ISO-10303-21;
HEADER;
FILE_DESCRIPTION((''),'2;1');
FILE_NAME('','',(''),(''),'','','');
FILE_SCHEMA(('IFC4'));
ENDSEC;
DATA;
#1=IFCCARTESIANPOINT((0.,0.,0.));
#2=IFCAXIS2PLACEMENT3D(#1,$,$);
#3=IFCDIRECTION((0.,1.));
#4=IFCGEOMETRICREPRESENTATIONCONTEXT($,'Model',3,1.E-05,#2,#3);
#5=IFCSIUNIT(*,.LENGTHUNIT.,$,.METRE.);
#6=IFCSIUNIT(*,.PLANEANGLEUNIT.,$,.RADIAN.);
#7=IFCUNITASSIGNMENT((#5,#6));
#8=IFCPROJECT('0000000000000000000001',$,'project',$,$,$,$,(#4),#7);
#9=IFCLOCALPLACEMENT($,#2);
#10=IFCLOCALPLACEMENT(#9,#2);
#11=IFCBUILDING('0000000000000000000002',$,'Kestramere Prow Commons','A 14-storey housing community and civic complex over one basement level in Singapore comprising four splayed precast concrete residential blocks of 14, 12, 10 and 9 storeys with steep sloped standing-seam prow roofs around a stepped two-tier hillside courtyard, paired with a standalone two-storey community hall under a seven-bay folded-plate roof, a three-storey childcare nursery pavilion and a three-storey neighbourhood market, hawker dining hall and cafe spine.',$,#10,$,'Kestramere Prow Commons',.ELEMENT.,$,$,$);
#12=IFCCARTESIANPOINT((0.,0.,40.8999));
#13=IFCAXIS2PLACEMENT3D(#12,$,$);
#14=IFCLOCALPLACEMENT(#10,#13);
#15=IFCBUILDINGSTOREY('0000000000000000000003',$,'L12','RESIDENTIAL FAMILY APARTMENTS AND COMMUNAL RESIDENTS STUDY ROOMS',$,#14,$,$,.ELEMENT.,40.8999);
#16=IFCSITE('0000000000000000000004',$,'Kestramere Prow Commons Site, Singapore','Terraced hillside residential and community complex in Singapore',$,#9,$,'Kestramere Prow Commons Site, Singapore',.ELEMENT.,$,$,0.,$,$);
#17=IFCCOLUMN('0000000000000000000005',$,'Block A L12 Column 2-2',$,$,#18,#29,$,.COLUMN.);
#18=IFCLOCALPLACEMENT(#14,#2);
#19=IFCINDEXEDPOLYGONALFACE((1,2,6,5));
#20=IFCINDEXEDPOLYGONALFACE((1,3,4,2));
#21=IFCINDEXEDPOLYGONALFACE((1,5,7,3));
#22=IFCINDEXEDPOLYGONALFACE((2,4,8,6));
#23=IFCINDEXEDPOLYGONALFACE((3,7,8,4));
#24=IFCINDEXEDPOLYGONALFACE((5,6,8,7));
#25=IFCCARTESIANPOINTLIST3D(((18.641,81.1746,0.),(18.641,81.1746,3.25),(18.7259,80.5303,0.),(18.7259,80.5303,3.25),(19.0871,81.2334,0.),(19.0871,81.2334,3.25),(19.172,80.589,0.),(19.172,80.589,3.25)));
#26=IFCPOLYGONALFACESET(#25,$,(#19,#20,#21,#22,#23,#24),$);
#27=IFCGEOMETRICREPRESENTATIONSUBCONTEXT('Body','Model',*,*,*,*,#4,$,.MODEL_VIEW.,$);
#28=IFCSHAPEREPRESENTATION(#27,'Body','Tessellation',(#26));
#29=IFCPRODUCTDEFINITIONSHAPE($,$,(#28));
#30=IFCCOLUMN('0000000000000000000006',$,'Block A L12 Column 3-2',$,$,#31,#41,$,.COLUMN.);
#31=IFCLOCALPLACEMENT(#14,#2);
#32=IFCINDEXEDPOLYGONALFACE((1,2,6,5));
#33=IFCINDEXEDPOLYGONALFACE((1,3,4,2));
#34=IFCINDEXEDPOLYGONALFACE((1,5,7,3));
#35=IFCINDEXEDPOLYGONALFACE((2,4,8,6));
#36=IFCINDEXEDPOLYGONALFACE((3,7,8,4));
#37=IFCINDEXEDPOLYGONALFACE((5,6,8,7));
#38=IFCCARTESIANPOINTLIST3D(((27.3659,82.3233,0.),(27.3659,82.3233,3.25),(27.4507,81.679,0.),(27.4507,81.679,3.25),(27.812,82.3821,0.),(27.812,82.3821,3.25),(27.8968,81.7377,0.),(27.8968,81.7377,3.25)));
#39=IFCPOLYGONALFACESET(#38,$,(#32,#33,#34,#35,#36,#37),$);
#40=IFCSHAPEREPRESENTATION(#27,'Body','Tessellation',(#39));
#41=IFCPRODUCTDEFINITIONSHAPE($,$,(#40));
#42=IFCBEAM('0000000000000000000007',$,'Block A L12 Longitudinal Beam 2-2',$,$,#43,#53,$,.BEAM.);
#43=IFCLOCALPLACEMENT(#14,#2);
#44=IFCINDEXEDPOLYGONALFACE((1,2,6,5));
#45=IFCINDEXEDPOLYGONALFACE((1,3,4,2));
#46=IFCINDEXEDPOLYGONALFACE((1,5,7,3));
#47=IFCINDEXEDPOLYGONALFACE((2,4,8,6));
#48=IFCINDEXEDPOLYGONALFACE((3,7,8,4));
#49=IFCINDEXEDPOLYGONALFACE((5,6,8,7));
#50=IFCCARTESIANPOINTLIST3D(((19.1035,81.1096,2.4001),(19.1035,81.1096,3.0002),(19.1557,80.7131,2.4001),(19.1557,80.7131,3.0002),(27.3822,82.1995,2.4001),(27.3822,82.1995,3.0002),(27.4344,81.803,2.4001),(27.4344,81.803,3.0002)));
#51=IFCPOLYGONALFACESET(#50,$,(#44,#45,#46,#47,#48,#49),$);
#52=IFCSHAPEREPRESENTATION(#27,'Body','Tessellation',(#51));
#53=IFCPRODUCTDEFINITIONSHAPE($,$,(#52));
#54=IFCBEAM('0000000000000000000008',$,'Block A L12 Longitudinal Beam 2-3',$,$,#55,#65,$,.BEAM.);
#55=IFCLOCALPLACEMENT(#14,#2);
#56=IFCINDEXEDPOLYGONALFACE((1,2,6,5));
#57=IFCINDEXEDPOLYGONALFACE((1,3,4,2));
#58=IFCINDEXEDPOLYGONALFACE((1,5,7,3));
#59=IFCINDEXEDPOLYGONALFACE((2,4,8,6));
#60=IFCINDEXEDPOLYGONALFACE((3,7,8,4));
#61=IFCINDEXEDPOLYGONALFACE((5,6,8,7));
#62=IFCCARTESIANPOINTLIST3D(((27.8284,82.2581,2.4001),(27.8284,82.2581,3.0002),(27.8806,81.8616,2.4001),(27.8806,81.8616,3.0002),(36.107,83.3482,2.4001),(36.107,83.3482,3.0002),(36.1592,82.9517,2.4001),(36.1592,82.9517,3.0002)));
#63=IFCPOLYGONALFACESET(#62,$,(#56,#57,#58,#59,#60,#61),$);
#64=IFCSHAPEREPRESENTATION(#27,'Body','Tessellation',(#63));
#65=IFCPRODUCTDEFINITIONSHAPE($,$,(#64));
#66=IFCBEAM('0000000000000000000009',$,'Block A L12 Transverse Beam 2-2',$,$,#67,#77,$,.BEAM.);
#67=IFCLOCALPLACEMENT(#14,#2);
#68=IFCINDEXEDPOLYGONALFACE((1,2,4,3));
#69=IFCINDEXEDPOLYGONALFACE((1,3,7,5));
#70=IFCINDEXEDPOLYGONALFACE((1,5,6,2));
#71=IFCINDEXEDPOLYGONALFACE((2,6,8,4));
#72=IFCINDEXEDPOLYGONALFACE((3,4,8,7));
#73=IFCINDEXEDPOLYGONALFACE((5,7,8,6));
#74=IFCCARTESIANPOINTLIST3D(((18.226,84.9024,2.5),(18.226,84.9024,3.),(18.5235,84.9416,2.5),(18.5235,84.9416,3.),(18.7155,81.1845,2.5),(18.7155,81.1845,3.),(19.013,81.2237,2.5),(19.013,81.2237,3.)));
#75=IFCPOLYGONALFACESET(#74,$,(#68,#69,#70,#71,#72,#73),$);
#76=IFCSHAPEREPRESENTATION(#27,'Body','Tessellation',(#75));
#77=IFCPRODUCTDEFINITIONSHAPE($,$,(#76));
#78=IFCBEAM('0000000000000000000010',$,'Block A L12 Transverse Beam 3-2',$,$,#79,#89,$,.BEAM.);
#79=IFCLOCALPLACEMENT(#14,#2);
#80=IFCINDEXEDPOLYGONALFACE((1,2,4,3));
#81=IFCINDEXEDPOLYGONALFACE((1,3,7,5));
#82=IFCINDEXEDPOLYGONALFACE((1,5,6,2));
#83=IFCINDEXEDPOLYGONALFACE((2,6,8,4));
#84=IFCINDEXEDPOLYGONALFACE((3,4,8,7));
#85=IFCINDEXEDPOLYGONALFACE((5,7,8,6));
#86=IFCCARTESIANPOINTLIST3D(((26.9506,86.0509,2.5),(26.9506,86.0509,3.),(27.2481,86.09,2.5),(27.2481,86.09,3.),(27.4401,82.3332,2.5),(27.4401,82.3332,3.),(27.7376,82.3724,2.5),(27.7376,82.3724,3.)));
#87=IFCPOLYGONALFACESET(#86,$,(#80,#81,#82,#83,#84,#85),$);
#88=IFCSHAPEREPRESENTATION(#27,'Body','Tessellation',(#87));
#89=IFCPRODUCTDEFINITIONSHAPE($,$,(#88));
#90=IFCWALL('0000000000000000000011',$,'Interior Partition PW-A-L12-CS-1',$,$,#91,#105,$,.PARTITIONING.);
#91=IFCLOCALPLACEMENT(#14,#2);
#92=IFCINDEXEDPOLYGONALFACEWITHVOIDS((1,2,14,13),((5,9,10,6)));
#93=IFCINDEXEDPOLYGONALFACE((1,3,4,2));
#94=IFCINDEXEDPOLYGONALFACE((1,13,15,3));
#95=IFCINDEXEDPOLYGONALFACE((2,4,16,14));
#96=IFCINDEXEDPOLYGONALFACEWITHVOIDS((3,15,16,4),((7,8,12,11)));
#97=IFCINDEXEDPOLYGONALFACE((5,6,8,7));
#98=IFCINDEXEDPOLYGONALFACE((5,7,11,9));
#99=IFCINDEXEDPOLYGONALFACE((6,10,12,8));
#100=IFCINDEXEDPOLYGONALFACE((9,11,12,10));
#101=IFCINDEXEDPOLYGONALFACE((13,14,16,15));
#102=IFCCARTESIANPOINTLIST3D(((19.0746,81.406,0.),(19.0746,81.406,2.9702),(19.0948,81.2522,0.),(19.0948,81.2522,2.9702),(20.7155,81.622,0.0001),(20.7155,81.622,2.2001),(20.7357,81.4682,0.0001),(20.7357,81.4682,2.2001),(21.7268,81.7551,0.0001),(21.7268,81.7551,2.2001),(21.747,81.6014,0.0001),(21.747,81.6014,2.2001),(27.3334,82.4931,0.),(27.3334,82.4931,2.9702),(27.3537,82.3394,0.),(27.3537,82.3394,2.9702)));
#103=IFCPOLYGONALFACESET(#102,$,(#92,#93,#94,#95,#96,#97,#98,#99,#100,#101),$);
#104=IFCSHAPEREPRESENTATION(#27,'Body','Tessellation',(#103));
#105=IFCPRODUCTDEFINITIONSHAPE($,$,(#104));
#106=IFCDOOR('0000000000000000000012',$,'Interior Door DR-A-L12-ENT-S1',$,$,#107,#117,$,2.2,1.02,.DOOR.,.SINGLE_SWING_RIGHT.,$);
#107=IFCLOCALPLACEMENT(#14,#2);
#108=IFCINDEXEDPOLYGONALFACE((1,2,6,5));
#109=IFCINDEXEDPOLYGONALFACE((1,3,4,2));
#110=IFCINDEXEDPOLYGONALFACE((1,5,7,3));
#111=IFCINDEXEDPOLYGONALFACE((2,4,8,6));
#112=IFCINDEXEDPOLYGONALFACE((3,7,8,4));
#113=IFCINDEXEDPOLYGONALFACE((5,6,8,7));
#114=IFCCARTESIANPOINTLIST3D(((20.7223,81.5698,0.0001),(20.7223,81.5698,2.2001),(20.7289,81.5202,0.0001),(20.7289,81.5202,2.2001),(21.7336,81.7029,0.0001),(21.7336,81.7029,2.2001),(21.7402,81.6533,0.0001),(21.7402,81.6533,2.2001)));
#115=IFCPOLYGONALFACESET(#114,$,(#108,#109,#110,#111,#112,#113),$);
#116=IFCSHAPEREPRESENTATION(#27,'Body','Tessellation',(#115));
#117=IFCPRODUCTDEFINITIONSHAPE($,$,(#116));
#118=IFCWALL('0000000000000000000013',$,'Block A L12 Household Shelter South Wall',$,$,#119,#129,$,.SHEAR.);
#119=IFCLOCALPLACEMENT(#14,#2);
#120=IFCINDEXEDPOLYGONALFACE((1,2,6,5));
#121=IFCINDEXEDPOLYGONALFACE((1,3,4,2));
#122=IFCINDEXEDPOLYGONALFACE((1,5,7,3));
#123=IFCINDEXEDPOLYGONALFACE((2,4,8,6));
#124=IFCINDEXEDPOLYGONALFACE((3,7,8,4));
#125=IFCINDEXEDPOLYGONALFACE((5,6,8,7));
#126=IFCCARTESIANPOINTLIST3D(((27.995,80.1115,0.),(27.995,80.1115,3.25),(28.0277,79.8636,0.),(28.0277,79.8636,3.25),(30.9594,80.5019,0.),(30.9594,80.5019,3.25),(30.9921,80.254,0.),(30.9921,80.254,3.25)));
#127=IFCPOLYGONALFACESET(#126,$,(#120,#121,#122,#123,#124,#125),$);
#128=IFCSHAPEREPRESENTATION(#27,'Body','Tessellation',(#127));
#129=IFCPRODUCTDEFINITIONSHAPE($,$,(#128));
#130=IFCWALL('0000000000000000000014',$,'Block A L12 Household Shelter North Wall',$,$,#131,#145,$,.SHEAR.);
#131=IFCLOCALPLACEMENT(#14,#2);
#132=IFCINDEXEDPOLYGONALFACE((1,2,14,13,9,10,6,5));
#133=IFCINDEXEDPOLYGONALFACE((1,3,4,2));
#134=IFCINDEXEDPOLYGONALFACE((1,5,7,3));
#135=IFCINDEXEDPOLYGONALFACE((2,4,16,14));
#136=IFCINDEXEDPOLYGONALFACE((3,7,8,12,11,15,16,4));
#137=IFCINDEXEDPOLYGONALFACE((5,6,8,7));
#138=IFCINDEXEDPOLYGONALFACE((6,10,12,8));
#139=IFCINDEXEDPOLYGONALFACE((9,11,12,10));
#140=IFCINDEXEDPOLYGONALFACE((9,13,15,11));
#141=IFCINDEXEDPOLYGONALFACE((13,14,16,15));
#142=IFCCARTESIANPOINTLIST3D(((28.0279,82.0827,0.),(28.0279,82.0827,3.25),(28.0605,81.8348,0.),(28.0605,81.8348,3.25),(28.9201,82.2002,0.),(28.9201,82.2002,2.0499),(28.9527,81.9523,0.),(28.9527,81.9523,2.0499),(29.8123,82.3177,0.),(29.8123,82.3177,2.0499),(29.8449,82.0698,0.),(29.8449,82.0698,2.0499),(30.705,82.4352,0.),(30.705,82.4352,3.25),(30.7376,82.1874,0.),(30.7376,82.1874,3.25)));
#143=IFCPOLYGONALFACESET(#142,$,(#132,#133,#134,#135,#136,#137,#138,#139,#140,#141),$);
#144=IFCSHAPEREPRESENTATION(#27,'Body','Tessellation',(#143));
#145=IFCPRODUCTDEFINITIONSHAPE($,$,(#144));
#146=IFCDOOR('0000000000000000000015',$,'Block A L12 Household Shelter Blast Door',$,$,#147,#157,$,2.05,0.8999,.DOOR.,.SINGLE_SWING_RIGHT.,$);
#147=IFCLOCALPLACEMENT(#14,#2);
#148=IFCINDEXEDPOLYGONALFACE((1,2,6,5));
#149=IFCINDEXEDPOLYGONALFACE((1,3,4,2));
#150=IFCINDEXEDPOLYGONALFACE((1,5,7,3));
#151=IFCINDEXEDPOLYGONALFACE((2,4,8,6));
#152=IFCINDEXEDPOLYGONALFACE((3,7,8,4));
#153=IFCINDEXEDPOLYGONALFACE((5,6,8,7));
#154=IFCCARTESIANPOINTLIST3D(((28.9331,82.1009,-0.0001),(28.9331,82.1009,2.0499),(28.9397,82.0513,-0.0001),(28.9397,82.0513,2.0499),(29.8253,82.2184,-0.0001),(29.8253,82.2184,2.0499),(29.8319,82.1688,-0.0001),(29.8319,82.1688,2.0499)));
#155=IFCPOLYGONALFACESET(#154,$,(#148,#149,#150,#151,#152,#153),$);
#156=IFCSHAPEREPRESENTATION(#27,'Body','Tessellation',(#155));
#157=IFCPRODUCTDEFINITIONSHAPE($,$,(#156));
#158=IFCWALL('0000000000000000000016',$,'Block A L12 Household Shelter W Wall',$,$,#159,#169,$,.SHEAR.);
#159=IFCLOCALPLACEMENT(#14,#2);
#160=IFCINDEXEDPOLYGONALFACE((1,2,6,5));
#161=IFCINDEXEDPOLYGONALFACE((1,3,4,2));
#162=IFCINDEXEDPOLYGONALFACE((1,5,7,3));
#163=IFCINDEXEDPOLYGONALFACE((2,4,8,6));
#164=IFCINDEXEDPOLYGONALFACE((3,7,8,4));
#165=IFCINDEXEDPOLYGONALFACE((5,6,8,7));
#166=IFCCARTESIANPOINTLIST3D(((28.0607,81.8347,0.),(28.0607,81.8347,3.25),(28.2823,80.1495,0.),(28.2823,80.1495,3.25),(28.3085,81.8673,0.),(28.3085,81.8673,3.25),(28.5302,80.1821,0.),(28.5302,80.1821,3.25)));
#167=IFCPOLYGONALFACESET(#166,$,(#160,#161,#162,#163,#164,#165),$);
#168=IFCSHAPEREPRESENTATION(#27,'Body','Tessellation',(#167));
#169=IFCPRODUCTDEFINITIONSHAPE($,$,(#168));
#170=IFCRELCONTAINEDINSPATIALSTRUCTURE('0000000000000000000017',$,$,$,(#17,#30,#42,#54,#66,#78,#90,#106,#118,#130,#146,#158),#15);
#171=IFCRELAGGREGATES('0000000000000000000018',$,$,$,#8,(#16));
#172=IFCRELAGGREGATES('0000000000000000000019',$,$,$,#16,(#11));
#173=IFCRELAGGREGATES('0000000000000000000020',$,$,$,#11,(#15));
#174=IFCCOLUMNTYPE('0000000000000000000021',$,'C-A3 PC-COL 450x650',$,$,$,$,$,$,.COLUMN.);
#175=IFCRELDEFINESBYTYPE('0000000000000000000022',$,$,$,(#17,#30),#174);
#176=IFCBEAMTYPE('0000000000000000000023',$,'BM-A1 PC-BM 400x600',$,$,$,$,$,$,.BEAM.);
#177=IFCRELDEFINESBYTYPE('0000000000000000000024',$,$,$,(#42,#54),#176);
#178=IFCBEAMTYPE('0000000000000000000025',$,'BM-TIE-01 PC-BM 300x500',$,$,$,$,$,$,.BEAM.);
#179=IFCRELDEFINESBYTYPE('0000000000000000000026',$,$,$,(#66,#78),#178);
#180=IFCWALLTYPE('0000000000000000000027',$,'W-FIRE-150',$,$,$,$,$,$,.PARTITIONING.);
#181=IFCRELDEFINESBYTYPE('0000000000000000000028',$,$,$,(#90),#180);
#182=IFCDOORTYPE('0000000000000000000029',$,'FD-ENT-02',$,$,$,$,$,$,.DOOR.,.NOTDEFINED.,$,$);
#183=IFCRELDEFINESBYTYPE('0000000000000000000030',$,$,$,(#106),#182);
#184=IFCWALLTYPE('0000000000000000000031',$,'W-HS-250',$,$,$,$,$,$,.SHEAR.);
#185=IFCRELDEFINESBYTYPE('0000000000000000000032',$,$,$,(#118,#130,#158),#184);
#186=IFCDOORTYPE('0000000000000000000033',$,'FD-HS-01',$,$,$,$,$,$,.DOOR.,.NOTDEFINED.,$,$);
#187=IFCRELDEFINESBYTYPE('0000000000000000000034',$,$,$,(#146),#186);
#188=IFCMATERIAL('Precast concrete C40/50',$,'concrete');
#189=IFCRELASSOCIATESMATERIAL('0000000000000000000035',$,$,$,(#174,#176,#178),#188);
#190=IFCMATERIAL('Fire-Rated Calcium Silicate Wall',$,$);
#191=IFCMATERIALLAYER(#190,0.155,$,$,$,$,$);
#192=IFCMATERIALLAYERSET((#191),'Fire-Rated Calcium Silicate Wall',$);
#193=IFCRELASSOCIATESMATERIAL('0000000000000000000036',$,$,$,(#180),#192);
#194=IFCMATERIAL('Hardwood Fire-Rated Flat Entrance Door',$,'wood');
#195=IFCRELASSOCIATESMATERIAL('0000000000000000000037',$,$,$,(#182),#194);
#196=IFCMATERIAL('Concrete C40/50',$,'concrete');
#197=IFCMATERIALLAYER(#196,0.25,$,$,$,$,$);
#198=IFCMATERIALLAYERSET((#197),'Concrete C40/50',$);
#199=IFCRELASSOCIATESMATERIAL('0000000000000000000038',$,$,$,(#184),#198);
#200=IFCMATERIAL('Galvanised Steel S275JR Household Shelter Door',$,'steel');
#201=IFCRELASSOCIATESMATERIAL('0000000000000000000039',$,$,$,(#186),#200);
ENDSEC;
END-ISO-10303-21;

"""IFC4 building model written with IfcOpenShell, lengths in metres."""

from ifc_helpers import new_model, si_unit, direction, frame, frame_2d, origin, origin_2d, place, context, subcontext, project, spatial, rectangle, extrude, material, layer, layer_set, material_profile, profile_set, type_object, element, fill, save


model = new_model("IFC4")

# Units and contexts
model_context = context("Model", 3, precision=1e-05, world=origin(), true_north=direction((0.0, 1.0)))
body_context = subcontext(model_context, "Body", "Model", "MODEL_VIEW")
ifc_project = project(units=[si_unit("LENGTHUNIT", "METRE"), si_unit("PLANEANGLEUNIT", "RADIAN")], contexts=[model_context])

# Site, building, storey
site_placement = place(None, origin())
site = spatial("IfcSite", under=ifc_project, at=site_placement, Name="Kestramere Prow Commons Site, Singapore", Description="Terraced hillside residential and community complex in Singapore", LongName="Kestramere Prow Commons Site, Singapore", CompositionType="ELEMENT", RefElevation=0.0)
building_placement = place(site_placement, origin())
building = spatial("IfcBuilding", under=site, at=building_placement, Name="Kestramere Prow Commons", Description="A 14-storey housing community and civic complex over one basement level in Singapore comprising four splayed precast concrete residential blocks of 14, 12, 10 and 9 storeys with steep sloped standing-seam prow roofs around a stepped two-tier hillside courtyard, paired with a standalone two-storey community hall under a seven-bay folded-plate roof, a three-storey childcare nursery pavilion and a three-storey neighbourhood market, hawker dining hall and cafe spine.", LongName="Kestramere Prow Commons", CompositionType="ELEMENT")
storey_placement = place(building_placement, frame((0.0, 0.0, 40.8999)))
storey = spatial("IfcBuildingStorey", under=building, at=storey_placement, Name="L12", Description="RESIDENTIAL FAMILY APARTMENTS AND COMMUNAL RESIDENTS STUDY ROOMS", CompositionType="ELEMENT", Elevation=40.8999)

# Columns
ifc_material_1 = material(Name="Precast concrete C40/50", Category="concrete")
ifc_material_profile_1 = material_profile(ifc_material_1, rectangle(XDim=0.45, YDim=0.6499, at=origin_2d()), Name="PC-COL 450x650")
ifc_profile_set_1 = profile_set([ifc_material_profile_1], Name="Precast concrete C40/50")
column_type = type_object("IfcColumnType", Name="C-A3 PC-COL 450x650", PredefinedType="COLUMN", material=ifc_profile_set_1)
for number, where, z_axis, x_axis, name in (
    (1, (18.9065, 80.8818, 0.0), (0.0, 0.0, 1.0), (0.991445, 0.130526, 0.0), "Block A L12 Column 2-2"),
    (2, (27.6313, 82.0305, 0.0), (0.0, 0.0, 1.0), (0.991445, 0.130526, 0.0), "Block A L12 Column 3-2"),
):
    element("IfcColumn", number, at=place(storey_placement, frame(where, z_axis=z_axis, x_axis=x_axis)), inside=storey, type_object=column_type, Name=name, PredefinedType="COLUMN", context=body_context, shape_type="SweptSolid", body=[
        extrude(rectangle(XDim=0.45, YDim=0.6499, at=origin_2d()), origin(), (0.0, 0.0, 1.0), 3.25),
    ])

# Beams
ifc_material_profile_2 = material_profile(ifc_material_1, rectangle(XDim=0.3999, YDim=0.6001, at=origin_2d()), Name="PC-BM 400x600")
ifc_profile_set_2 = profile_set([ifc_material_profile_2], Name="Precast concrete C40/50")
beam_type_1 = type_object("IfcBeamType", Name="BM-A1 PC-BM 400x600", PredefinedType="BEAM", material=ifc_profile_set_2)
for number, where, z_axis, x_axis, name in (
    (3, (19.1296, 80.9114, 2.7002), (0.991446, 0.13052, 0.0), (-0.13052, 0.991446, 0.0), "Block A L12 Longitudinal Beam 2-2"),
    (4, (27.8545, 82.0598, 2.7002), (0.991442, 0.130549, 0.0), (-0.130549, 0.991442, 0.0), "Block A L12 Longitudinal Beam 2-3"),
):
    element("IfcBeam", number, at=place(storey_placement, frame(where, z_axis=z_axis, x_axis=x_axis)), inside=storey, type_object=beam_type_1, Name=name, PredefinedType="BEAM", context=body_context, shape_type="SweptSolid", body=[
        extrude(rectangle(XDim=0.3999, YDim=0.6001, at=origin_2d()), origin(), (0.0, 0.0, 1.0), 8.3501),
    ])
ifc_material_profile_3 = material_profile(ifc_material_1, rectangle(XDim=0.3, YDim=0.5, at=origin_2d()), Name="PC-BM 300x500")
ifc_profile_set_3 = profile_set([ifc_material_profile_3], Name="Precast concrete C40/50")
beam_type_2 = type_object("IfcBeamType", Name="BM-TIE-01 PC-BM 300x500", PredefinedType="BEAM", material=ifc_profile_set_3)
beam_1_placement = place(storey_placement, frame((18.8643, 81.2041, 2.75), z_axis=(-0.13053, 0.991444, 0.0), x_axis=(-0.991444, -0.13053, 0.0)))
element("IfcBeam", 5, at=beam_1_placement, inside=storey, type_object=beam_type_2, Name="Block A L12 Transverse Beam 2-2", PredefinedType="BEAM", context=body_context, shape_type="SweptSolid", body=[
    extrude(rectangle(XDim=0.3, YDim=0.5, at=origin_2d()), origin(), (0.0, 0.0, 1.0), 3.75),
])
beam_2_placement = place(storey_placement, frame((27.5889, 82.3528, 2.75), z_axis=(-0.130539, 0.991443, 0.0), x_axis=(-0.991443, -0.130539, 0.0)))
element("IfcBeam", 6, at=beam_2_placement, inside=storey, type_object=beam_type_2, Name="Block A L12 Transverse Beam 3-2", PredefinedType="BEAM", context=body_context, shape_type="SweptSolid", body=[
    extrude(rectangle(XDim=0.3, YDim=0.5, at=origin_2d()), origin(), (0.0, 0.0, 1.0), 3.7498),
])

# Wall, opening, door
ifc_material_2 = material(Name="Fire-Rated Calcium Silicate Wall")
ifc_layer_1 = layer(ifc_material_2, 0.155)
ifc_layer_set_1 = layer_set([ifc_layer_1], Name="Fire-Rated Calcium Silicate Wall")
wall_type_1 = type_object("IfcWallType", Name="W-FIRE-150", PredefinedType="PARTITIONING", material=ifc_layer_set_1)
wall_1_placement = place(storey_placement, frame((19.0847, 81.3291, 0.0), z_axis=(0.0, 0.0, 1.0), x_axis=(0.991447, 0.130511, 0.0)))
wall_1 = element("IfcWall", 7, at=wall_1_placement, inside=storey, type_object=wall_type_1, Name="Interior Partition PW-A-L12-CS-1", PredefinedType="PARTITIONING", context=body_context, shape_type="SweptSolid", body=[
    extrude(rectangle(XDim=8.3301, YDim=0.155, at=frame_2d((4.165, 0.0))), origin(), (0.0, 0.0, 1.0), 2.9702),
])
opening_1_placement = place(wall_1_placement, frame((1.655, 0.0, 0.0)))
opening_1 = element("IfcOpeningElement", 8, at=opening_1_placement, cuts=wall_1, PredefinedType="OPENING", context=body_context, shape_type="SweptSolid", body=[
    extrude(rectangle(XDim=1.02, YDim=2.2, at=frame_2d((0.51, 1.1001))), frame((0.0, 0.0925, 0.0), z_axis=(0.0, -1.0, 0.0), x_axis=(1.0, 0.0, 0.0)), (0.0, 0.0, 1.0), 0.1851),
])
ifc_material_3 = material(Name="Hardwood Fire-Rated Flat Entrance Door", Category="wood")
door_type_1 = type_object("IfcDoorType", Name="FD-ENT-02", OperationType="NOTDEFINED", PredefinedType="DOOR", material=ifc_material_3)
door_1_placement = place(opening_1_placement, origin())
door_1 = element("IfcDoor", 9, at=door_1_placement, inside=storey, type_object=door_type_1, Name="Interior Door DR-A-L12-ENT-S1", OperationType="SINGLE_SWING_RIGHT", OverallHeight=2.2, OverallWidth=1.02, PredefinedType="DOOR", context=body_context, shape_type="SweptSolid", body=[
    extrude(rectangle(XDim=1.02, YDim=2.2, at=frame_2d((0.51, 1.1001))), frame((0.0, 0.0249, 0.0), z_axis=(0.0, -1.0, 0.0), x_axis=(1.0, 0.0, 0.0)), (0.0, 0.0, 1.0), 0.05),
])
fill(opening_1, door_1)

# Wall
ifc_material_4 = material(Name="Concrete C40/50", Category="concrete")
ifc_layer_2 = layer(ifc_material_4, 0.25)
ifc_layer_set_2 = layer_set([ifc_layer_2], Name="Concrete C40/50")
wall_type_2 = type_object("IfcWallType", Name="W-HS-250", PredefinedType="SHEAR", material=ifc_layer_set_2)
wall_2_placement = place(storey_placement, frame((28.0112, 79.9875, 0.0), z_axis=(0.0, 0.0, 1.0), x_axis=(0.99144, 0.130564, 0.0)))
element("IfcWall", 10, at=wall_2_placement, inside=storey, type_object=wall_type_2, Name="Block A L12 Household Shelter South Wall", PredefinedType="SHEAR", context=body_context, shape_type="SweptSolid", body=[
    extrude(rectangle(XDim=2.99, YDim=0.25, at=frame_2d((1.4951, 0.0))), origin(), (0.0, 0.0, 1.0), 3.25),
])

# Wall, opening, door
wall_3_placement = place(storey_placement, frame((28.0442, 81.9587, 0.0), z_axis=(0.0, 0.0, 1.0), x_axis=(0.99144, 0.130564, 0.0)))
wall_3 = element("IfcWall", 11, at=wall_3_placement, inside=storey, type_object=wall_type_2, Name="Block A L12 Household Shelter North Wall", PredefinedType="SHEAR", context=body_context, shape_type="SweptSolid", body=[
    extrude(rectangle(XDim=2.7002, YDim=0.25, at=frame_2d((1.3501, 0.0))), origin(), (0.0, 0.0, 1.0), 3.25),
])
opening_2_placement = place(wall_3_placement, frame((0.8999, 0.0, 0.0)))
opening_2 = element("IfcOpeningElement", 12, at=opening_2_placement, cuts=wall_3, PredefinedType="OPENING", context=body_context, shape_type="SweptSolid", body=[
    extrude(rectangle(XDim=0.8999, YDim=2.05, at=frame_2d((0.45, 1.0249))), frame((0.0, 0.1399, 0.0), z_axis=(0.0, -1.0, 0.0), x_axis=(1.0, 0.0, 0.0)), (0.0, 0.0, 1.0), 0.28),
])
ifc_material_5 = material(Name="Galvanised Steel S275JR Household Shelter Door", Category="steel")
door_type_2 = type_object("IfcDoorType", Name="FD-HS-01", OperationType="NOTDEFINED", PredefinedType="DOOR", material=ifc_material_5)
door_2_placement = place(opening_2_placement, origin())
door_2 = element("IfcDoor", 13, at=door_2_placement, inside=storey, type_object=door_type_2, Name="Block A L12 Household Shelter Blast Door", OperationType="SINGLE_SWING_RIGHT", OverallHeight=2.05, OverallWidth=0.8999, PredefinedType="DOOR", context=body_context, shape_type="SweptSolid", body=[
    extrude(rectangle(XDim=0.8999, YDim=2.05, at=frame_2d((0.45, 1.0249))), frame((0.0, 0.0249, 0.0), z_axis=(0.0, -1.0, 0.0), x_axis=(1.0, 0.0, 0.0)), (0.0, 0.0, 1.0), 0.05),
])
fill(opening_2, door_2)

# Wall
wall_4_placement = place(storey_placement, frame((28.4062, 80.1658, 0.0), z_axis=(0.0, 0.0, 1.0), x_axis=(-0.130414, 0.99146, 0.0)))
element("IfcWall", 14, at=wall_4_placement, inside=storey, type_object=wall_type_2, Name="Block A L12 Household Shelter W Wall", PredefinedType="SHEAR", context=body_context, shape_type="SweptSolid", body=[
    extrude(rectangle(XDim=1.6997, YDim=0.25, at=frame_2d((0.8499, 0.0))), origin(), (0.0, 0.0, 1.0), 3.25),
])

save(model, "model.ifc")
